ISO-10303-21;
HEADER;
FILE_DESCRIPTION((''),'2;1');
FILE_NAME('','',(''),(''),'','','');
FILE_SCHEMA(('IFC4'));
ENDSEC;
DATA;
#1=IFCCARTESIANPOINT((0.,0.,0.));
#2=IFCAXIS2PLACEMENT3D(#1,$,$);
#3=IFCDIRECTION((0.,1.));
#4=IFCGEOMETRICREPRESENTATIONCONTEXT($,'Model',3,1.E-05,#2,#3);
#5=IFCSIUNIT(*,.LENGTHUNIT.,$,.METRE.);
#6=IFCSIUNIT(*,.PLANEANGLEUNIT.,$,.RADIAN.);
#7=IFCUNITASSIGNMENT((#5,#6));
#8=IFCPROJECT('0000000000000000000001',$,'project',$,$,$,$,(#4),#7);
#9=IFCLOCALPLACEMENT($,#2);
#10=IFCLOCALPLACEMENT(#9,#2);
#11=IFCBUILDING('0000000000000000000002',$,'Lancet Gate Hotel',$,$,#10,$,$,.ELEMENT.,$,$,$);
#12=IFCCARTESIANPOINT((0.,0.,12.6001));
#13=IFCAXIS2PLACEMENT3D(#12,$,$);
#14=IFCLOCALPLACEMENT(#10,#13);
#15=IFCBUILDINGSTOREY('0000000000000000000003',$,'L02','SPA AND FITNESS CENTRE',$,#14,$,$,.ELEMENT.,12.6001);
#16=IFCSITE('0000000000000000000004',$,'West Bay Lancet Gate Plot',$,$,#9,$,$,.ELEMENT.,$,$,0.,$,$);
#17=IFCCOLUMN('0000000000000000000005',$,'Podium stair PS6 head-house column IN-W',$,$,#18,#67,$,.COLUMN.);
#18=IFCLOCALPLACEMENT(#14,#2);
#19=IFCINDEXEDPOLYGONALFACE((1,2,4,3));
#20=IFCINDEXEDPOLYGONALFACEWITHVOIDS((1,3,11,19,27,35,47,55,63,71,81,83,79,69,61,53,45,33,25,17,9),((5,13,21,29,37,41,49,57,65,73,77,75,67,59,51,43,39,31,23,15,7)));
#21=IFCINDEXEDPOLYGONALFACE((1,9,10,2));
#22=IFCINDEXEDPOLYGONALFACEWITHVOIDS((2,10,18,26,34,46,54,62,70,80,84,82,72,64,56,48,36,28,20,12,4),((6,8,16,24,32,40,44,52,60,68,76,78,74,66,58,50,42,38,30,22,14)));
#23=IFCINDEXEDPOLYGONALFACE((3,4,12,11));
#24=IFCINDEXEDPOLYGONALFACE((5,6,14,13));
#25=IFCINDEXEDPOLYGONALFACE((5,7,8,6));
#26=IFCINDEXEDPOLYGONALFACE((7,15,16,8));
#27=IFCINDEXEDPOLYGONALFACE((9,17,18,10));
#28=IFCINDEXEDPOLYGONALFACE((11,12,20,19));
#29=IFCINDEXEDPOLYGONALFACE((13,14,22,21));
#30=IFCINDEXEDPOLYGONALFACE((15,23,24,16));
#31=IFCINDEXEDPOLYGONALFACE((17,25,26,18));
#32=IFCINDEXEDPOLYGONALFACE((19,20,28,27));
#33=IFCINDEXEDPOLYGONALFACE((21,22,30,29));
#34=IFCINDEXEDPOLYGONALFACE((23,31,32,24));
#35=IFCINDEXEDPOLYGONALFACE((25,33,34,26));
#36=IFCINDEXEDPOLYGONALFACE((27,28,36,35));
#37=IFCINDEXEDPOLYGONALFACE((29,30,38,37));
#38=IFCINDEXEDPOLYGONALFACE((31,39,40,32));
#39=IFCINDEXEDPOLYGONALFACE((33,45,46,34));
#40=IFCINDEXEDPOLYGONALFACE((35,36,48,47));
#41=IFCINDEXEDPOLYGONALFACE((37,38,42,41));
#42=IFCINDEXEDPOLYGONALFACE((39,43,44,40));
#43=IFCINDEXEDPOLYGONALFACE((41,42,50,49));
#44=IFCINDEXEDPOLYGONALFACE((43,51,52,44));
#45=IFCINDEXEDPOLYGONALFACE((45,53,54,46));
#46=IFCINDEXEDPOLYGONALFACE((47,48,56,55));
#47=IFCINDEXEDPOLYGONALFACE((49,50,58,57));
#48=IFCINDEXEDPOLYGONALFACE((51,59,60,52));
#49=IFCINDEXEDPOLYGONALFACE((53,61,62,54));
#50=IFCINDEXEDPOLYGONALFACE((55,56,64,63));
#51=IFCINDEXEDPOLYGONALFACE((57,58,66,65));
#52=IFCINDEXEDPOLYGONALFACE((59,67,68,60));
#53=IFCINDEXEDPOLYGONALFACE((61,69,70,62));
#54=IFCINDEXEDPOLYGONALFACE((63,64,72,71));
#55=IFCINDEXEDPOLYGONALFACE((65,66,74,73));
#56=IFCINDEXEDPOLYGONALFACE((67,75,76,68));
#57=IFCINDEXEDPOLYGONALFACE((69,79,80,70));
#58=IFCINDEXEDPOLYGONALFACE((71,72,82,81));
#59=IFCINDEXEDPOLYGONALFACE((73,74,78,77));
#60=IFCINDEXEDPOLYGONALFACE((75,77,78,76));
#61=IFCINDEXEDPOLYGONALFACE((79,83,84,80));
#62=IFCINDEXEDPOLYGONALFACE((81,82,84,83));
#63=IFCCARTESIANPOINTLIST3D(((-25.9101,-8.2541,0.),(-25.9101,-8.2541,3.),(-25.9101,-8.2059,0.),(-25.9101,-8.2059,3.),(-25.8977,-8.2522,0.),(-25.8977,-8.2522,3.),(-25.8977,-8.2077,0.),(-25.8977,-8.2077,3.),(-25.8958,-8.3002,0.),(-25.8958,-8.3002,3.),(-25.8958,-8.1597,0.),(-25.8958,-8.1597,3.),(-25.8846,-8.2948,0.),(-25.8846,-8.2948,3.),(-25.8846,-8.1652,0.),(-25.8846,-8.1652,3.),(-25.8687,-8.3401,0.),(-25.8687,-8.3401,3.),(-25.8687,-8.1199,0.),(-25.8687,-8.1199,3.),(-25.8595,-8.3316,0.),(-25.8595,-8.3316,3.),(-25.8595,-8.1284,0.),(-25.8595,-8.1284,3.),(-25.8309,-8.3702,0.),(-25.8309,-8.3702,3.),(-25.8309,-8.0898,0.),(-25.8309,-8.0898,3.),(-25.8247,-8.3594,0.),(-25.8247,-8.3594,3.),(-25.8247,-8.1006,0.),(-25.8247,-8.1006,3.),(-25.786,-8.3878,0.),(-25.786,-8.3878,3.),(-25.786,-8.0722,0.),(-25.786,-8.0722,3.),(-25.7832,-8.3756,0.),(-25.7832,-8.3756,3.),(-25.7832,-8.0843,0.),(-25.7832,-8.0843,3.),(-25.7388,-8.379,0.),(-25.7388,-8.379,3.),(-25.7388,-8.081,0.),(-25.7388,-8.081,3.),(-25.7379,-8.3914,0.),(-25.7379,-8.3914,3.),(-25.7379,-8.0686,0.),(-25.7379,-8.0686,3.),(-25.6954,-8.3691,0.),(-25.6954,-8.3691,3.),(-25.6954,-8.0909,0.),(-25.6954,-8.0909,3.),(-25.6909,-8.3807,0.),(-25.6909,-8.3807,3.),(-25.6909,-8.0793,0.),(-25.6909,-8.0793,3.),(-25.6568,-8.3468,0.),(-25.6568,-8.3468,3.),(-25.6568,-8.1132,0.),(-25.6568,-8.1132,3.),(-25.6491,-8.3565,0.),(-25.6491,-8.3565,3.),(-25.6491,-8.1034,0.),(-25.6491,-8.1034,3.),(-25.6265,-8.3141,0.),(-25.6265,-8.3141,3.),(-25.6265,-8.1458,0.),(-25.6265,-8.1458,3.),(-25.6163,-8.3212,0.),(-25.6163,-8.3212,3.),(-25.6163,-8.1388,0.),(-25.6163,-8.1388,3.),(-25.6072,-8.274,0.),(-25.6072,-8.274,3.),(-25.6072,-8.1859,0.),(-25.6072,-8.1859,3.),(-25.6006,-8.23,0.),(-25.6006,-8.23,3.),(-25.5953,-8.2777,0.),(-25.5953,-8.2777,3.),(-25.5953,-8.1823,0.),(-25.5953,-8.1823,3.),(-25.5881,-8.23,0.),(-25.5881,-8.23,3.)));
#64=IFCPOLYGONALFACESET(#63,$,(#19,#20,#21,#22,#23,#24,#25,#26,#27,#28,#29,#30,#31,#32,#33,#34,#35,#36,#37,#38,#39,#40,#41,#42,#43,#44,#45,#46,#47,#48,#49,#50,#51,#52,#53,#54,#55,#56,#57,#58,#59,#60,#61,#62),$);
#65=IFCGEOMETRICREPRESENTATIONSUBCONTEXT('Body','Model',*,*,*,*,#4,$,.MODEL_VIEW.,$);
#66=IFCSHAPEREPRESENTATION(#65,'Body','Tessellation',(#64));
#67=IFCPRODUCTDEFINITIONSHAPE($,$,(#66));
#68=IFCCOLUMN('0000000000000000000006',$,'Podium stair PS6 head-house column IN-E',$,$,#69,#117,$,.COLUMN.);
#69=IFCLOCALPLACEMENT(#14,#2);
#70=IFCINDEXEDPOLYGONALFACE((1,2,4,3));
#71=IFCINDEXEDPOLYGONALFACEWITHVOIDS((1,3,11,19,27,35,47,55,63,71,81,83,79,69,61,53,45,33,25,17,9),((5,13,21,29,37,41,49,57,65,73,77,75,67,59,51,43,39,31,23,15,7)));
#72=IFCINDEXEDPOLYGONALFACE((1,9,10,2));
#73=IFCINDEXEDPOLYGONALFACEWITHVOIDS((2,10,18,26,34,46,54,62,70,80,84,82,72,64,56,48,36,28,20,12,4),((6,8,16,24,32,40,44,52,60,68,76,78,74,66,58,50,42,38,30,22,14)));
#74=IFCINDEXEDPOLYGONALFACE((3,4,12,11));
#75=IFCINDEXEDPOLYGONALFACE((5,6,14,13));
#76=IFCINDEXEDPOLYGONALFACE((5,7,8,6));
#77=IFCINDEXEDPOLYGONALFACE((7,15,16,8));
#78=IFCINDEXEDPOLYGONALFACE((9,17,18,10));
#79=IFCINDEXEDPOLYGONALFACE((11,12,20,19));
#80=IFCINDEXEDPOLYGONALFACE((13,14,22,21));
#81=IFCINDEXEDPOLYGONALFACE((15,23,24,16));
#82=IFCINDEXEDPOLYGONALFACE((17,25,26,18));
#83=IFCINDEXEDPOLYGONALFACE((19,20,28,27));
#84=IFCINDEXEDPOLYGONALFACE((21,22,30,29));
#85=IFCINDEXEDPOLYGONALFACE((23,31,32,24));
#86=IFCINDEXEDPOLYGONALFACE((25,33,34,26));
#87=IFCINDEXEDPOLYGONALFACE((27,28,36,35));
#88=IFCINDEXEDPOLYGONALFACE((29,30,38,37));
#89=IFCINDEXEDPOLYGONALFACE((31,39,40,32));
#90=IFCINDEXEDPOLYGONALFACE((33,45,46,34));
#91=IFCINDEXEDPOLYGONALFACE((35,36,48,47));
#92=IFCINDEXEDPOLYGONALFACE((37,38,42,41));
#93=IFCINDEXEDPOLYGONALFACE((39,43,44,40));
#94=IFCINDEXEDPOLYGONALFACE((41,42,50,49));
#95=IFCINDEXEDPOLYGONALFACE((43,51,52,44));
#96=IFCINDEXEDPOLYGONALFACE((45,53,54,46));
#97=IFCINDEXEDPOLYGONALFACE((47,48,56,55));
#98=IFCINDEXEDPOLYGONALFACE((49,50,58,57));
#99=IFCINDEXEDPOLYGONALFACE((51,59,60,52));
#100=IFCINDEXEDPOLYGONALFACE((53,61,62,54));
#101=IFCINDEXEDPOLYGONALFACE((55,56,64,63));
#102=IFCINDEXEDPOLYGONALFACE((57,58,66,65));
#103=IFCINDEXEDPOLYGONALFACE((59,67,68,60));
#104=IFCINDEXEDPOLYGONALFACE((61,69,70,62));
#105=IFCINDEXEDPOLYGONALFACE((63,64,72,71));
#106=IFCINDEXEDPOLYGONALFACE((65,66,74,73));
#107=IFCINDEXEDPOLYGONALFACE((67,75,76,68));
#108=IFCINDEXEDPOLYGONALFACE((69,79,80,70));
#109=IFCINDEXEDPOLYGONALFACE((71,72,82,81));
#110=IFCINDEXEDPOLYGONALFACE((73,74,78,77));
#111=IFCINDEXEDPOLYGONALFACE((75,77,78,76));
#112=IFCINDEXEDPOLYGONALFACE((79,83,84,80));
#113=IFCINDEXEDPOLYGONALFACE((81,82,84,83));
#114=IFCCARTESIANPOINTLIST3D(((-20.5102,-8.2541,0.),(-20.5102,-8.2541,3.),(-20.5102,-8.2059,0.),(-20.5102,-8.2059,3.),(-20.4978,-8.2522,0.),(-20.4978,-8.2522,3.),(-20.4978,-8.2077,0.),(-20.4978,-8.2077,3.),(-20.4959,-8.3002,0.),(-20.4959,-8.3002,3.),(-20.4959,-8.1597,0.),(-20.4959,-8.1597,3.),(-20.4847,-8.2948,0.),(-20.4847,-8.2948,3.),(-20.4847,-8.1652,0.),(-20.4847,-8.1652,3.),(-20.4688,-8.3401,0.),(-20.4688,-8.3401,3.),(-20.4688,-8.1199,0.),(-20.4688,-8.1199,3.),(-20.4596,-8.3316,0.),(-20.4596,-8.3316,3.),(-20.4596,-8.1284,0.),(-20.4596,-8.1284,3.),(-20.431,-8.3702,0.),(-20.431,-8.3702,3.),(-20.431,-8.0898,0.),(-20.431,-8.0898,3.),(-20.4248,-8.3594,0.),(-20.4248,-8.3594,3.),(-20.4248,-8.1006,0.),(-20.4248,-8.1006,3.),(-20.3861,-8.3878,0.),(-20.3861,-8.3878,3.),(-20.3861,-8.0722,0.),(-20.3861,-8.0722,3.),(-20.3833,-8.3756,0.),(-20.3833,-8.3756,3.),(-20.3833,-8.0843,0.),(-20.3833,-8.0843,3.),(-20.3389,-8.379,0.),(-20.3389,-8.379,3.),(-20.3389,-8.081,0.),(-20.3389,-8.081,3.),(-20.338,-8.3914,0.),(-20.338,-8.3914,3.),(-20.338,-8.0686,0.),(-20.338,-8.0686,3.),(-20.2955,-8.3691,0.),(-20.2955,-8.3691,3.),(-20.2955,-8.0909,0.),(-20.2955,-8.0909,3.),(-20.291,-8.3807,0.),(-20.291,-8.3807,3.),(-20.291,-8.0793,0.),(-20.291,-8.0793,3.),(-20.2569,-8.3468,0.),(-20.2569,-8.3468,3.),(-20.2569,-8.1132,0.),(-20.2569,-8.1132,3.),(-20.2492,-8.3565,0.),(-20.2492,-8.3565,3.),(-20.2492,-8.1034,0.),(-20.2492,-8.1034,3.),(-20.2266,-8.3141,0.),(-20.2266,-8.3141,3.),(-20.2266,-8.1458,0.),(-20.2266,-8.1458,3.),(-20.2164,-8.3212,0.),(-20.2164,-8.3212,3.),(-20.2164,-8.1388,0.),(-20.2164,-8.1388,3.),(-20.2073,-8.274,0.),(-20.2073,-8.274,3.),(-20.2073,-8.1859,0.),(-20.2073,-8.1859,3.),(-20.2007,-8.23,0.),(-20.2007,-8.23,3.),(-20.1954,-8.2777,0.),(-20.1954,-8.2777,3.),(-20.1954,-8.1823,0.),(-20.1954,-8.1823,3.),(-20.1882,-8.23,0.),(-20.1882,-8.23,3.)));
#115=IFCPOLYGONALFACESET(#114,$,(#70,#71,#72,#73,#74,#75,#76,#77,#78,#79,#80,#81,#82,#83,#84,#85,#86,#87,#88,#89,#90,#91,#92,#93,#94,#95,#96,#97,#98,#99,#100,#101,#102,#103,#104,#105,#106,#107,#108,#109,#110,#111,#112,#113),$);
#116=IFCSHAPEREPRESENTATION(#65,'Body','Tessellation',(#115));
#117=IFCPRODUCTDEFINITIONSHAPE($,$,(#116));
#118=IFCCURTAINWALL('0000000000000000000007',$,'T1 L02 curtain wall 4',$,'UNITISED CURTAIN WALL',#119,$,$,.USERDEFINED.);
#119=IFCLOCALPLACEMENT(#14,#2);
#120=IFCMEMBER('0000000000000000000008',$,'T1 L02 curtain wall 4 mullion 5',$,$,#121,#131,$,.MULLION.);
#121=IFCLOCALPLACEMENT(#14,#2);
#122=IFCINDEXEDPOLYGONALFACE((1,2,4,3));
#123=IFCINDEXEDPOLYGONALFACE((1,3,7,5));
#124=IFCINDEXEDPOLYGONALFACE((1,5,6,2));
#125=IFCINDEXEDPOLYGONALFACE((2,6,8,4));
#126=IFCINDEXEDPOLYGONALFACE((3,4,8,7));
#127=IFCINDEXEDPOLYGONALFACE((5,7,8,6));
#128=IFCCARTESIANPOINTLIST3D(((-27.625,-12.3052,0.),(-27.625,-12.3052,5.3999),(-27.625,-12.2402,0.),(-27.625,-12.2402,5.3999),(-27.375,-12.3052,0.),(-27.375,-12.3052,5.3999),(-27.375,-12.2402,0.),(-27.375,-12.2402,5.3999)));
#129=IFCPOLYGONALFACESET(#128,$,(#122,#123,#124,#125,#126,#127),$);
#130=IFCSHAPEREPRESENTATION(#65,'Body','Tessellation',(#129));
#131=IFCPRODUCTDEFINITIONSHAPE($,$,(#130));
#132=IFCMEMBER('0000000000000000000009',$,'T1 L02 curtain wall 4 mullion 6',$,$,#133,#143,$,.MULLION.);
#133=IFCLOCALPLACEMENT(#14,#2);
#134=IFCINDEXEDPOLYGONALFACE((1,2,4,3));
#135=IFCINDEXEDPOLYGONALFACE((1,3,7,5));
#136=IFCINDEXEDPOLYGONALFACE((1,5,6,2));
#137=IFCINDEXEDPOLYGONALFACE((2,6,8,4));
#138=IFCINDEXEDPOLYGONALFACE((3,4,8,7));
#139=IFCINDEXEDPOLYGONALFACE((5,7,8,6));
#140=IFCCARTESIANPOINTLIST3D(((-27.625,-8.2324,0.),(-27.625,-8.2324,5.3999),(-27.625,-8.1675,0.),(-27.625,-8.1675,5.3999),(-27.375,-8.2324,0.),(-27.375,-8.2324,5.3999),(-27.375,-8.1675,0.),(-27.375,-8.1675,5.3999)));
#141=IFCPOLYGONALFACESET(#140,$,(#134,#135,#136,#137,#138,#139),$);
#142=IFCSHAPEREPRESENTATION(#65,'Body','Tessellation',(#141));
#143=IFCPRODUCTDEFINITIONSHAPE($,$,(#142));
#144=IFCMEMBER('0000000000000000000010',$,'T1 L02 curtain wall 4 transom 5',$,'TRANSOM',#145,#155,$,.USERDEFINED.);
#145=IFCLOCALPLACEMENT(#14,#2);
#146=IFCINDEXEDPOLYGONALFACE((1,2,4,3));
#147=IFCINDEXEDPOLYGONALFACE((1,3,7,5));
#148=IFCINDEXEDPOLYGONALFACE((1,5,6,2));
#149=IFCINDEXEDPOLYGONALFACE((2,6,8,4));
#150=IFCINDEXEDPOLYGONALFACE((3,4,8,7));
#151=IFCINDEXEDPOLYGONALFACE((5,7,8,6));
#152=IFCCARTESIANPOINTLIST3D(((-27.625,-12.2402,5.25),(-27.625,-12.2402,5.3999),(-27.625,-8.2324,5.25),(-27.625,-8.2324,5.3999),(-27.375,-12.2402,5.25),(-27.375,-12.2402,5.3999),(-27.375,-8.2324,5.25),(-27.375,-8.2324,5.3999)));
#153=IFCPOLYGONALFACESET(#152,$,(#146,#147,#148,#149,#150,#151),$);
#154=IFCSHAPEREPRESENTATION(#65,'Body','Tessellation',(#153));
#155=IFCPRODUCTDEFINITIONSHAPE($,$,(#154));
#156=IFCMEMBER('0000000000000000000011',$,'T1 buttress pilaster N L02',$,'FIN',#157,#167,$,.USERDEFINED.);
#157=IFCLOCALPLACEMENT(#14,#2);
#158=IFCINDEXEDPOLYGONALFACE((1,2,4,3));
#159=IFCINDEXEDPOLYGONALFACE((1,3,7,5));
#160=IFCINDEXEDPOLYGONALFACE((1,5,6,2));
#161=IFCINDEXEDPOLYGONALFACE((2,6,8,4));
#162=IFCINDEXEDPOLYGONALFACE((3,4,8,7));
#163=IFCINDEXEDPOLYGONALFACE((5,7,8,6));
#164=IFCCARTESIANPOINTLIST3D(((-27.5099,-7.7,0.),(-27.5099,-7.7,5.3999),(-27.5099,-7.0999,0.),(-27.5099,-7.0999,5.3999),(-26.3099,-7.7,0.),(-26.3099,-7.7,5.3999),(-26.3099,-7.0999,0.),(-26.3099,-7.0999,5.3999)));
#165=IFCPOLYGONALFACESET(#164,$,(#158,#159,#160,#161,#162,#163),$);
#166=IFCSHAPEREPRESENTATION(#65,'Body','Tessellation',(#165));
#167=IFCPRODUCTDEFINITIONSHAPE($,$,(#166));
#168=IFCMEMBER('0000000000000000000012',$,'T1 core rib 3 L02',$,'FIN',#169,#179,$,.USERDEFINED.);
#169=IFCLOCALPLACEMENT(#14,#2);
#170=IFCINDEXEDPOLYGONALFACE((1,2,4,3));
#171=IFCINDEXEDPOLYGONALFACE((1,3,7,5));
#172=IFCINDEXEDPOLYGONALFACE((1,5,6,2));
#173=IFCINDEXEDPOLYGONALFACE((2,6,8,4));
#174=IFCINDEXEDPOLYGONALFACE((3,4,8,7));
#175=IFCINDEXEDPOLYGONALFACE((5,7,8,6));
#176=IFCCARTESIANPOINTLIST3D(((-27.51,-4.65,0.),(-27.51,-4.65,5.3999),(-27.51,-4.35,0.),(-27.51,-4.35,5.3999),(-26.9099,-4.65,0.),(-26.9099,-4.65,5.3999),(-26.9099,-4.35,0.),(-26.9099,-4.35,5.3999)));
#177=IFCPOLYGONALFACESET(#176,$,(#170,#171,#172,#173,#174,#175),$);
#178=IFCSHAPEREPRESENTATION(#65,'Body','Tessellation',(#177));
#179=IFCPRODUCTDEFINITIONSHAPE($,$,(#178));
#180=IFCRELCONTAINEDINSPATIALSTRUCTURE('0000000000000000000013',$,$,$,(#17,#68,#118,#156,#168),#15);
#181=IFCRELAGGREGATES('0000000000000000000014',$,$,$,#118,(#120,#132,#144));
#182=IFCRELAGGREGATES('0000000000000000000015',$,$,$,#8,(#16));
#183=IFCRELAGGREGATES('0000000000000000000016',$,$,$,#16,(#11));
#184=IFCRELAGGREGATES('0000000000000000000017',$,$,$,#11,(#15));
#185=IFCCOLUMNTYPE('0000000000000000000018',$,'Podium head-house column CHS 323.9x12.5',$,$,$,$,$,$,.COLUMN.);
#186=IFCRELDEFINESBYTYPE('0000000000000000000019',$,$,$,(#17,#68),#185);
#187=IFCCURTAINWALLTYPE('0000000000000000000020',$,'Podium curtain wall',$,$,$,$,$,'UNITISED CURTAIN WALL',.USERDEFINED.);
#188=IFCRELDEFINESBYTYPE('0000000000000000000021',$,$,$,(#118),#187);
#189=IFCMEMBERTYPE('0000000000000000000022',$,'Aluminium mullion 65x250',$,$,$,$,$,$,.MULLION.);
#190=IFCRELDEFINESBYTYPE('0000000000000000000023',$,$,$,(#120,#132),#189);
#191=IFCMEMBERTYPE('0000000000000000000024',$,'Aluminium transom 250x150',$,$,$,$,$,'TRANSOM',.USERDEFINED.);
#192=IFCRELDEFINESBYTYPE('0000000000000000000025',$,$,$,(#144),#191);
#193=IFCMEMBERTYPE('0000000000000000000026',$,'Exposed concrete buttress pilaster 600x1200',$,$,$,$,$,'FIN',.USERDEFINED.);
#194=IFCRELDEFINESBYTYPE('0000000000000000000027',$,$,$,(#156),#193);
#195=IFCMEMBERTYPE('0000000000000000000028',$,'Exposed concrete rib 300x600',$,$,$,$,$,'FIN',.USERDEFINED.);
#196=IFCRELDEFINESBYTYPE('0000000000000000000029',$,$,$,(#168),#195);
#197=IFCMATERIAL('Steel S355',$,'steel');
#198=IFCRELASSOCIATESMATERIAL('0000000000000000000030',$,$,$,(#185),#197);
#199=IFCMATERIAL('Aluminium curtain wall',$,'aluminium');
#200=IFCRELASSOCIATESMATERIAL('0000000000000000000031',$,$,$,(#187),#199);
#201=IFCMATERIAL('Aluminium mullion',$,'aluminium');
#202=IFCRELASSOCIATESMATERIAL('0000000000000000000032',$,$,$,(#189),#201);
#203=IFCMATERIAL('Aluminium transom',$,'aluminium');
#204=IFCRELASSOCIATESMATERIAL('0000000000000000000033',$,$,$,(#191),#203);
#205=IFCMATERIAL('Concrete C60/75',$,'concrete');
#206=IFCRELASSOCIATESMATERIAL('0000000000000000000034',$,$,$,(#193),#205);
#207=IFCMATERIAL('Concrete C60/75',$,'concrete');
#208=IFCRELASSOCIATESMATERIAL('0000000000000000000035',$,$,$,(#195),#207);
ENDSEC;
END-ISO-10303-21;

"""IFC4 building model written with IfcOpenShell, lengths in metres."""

from ifc_helpers import new_model, si_unit, direction, frame, origin, origin_2d, place, context, subcontext, project, spatial, rectangle, hollow_circle, extrude, material, material_profile, profile_set, type_object, element, aggregate, save


model = new_model("IFC4")

# Units and contexts
model_context = context("Model", 3, precision=1e-05, world=origin(), true_north=direction((0.0, 1.0)))
body_context = subcontext(model_context, "Body", "Model", "MODEL_VIEW")
ifc_project = project(units=[si_unit("LENGTHUNIT", "METRE"), si_unit("PLANEANGLEUNIT", "RADIAN")], contexts=[model_context])

# Site, building, storey
site_placement = place(None, origin())
site = spatial("IfcSite", under=ifc_project, at=site_placement, Name="West Bay Lancet Gate Plot", CompositionType="ELEMENT", RefElevation=0.0)
building_placement = place(site_placement, origin())
building = spatial("IfcBuilding", under=site, at=building_placement, Name="Lancet Gate Hotel", CompositionType="ELEMENT")
storey_placement = place(building_placement, frame((0.0, 0.0, 12.6001)))
storey = spatial("IfcBuildingStorey", under=building, at=storey_placement, Name="L02", Description="SPA AND FITNESS CENTRE", CompositionType="ELEMENT", Elevation=12.6001)

# Columns
ifc_material_1 = material(Name="Steel S355", Category="steel")
ifc_material_profile_1 = material_profile(ifc_material_1, hollow_circle(Radius=0.1619, WallThickness=0.0125, at=origin_2d()), Name="CHS 323.9x12.5")
ifc_profile_set_1 = profile_set([ifc_material_profile_1], Name="Steel S355")
column_type = type_object("IfcColumnType", Name="Podium head-house column CHS 323.9x12.5", PredefinedType="COLUMN", material=ifc_profile_set_1)
for number, where, z_axis, x_axis, name in (
    (1, (-25.75, -8.23, 0.0), (0.0, 0.0, 1.0), (1.0, 0.0, 0.0), "Podium stair PS6 head-house column IN-W"),
    (2, (-20.3501, -8.23, 0.0), (0.0, 0.0, 1.0), (1.0, 0.0, 0.0), "Podium stair PS6 head-house column IN-E"),
):
    element("IfcColumn", number, at=place(storey_placement, frame(where, z_axis=z_axis, x_axis=x_axis)), inside=storey, type_object=column_type, Name=name, PredefinedType="COLUMN", context=body_context, shape_type="SweptSolid", body=[
        extrude(hollow_circle(Radius=0.1619, WallThickness=0.0125, at=origin_2d()), origin(), (0.0, 0.0, 1.0), 3.0),
    ])

# Curtain wall, members
ifc_material_2 = material(Name="Aluminium curtain wall", Category="aluminium")
curtain_wall_type = type_object("IfcCurtainWallType", Name="Podium curtain wall", ElementType="UNITISED CURTAIN WALL", PredefinedType="USERDEFINED", material=ifc_material_2)
curtain_wall_placement = place(storey_placement, origin())
curtain_wall = element("IfcCurtainWall", 3, at=curtain_wall_placement, inside=storey, type_object=curtain_wall_type, Name="T1 L02 curtain wall 4", ObjectType="UNITISED CURTAIN WALL", PredefinedType="USERDEFINED")
ifc_material_3 = material(Name="Aluminium mullion", Category="aluminium")
ifc_material_profile_2 = material_profile(ifc_material_3, rectangle(XDim=0.0649, YDim=0.25, at=origin_2d()), Name="MULLION 65x250")
ifc_profile_set_2 = profile_set([ifc_material_profile_2], Name="Aluminium mullion")
member_type_1 = type_object("IfcMemberType", Name="Aluminium mullion 65x250", PredefinedType="MULLION", material=ifc_profile_set_2)
member_1_placement = place(storey_placement, frame((-27.5, -12.2727, 0.0), z_axis=(0.0, 0.0, 1.0), x_axis=(0.0, 1.0, 0.0)))
member_1 = element("IfcMember", 4, at=member_1_placement, type_object=member_type_1, Name="T1 L02 curtain wall 4 mullion 5", PredefinedType="MULLION", context=body_context, shape_type="SweptSolid", body=[
    extrude(rectangle(XDim=0.0649, YDim=0.25, at=origin_2d()), origin(), (0.0, 0.0, 1.0), 5.3999),
])
member_2_placement = place(storey_placement, frame((-27.5, -8.2, 0.0), z_axis=(0.0, 0.0, 1.0), x_axis=(0.0, 1.0, 0.0)))
member_2 = element("IfcMember", 5, at=member_2_placement, type_object=member_type_1, Name="T1 L02 curtain wall 4 mullion 6", PredefinedType="MULLION", context=body_context, shape_type="SweptSolid", body=[
    extrude(rectangle(XDim=0.0649, YDim=0.25, at=origin_2d()), origin(), (0.0, 0.0, 1.0), 5.3999),
])
ifc_material_4 = material(Name="Aluminium transom", Category="aluminium")
ifc_material_profile_3 = material_profile(ifc_material_4, rectangle(XDim=0.25, YDim=0.1499, at=origin_2d()), Name="TRANSOM 250x150")
ifc_profile_set_3 = profile_set([ifc_material_profile_3], Name="Aluminium transom")
member_type_2 = type_object("IfcMemberType", Name="Aluminium transom 250x150", ElementType="TRANSOM", PredefinedType="USERDEFINED", material=ifc_profile_set_3)
member_3_placement = place(storey_placement, frame((-27.5, -12.2402, 5.325), z_axis=(0.0, 1.0, 0.0), x_axis=(-1.0, 0.0, 0.0)))
member_3 = element("IfcMember", 6, at=member_3_placement, type_object=member_type_2, Name="T1 L02 curtain wall 4 transom 5", ObjectType="TRANSOM", PredefinedType="USERDEFINED", context=body_context, shape_type="SweptSolid", body=[
    extrude(rectangle(XDim=0.25, YDim=0.1499, at=origin_2d()), origin(), (0.0, 0.0, 1.0), 4.0078),
])

# Members
ifc_material_5 = material(Name="Concrete C60/75", Category="concrete")
ifc_material_profile_4 = material_profile(ifc_material_5, rectangle(XDim=0.6001, YDim=1.2, at=origin_2d()), Name="FIN 600x1200")
ifc_profile_set_4 = profile_set([ifc_material_profile_4], Name="Concrete C60/75")
member_type_3 = type_object("IfcMemberType", Name="Exposed concrete buttress pilaster 600x1200", ElementType="FIN", PredefinedType="USERDEFINED", material=ifc_profile_set_4)
member_4_placement = place(storey_placement, frame((-26.9099, -7.3999, 0.0), z_axis=(0.0, 0.0, 1.0), x_axis=(0.0, 1.0, 0.0)))
element("IfcMember", 7, at=member_4_placement, inside=storey, type_object=member_type_3, Name="T1 buttress pilaster N L02", ObjectType="FIN", PredefinedType="USERDEFINED", context=body_context, shape_type="SweptSolid", body=[
    extrude(rectangle(XDim=0.6001, YDim=1.2, at=origin_2d()), origin(), (0.0, 0.0, 1.0), 5.3999),
])
ifc_material_6 = material(Name="Concrete C60/75", Category="concrete")
ifc_material_profile_5 = material_profile(ifc_material_6, rectangle(XDim=0.3, YDim=0.6001, at=origin_2d()), Name="FIN 300x600")
ifc_profile_set_5 = profile_set([ifc_material_profile_5], Name="Concrete C60/75")
member_type_4 = type_object("IfcMemberType", Name="Exposed concrete rib 300x600", ElementType="FIN", PredefinedType="USERDEFINED", material=ifc_profile_set_5)
member_5_placement = place(storey_placement, frame((-27.21, -4.5, 0.0), z_axis=(0.0, 0.0, 1.0), x_axis=(0.0, 1.0, 0.0)))
element("IfcMember", 8, at=member_5_placement, inside=storey, type_object=member_type_4, Name="T1 core rib 3 L02", ObjectType="FIN", PredefinedType="USERDEFINED", context=body_context, shape_type="SweptSolid", body=[
    extrude(rectangle(XDim=0.3, YDim=0.6001, at=origin_2d()), origin(), (0.0, 0.0, 1.0), 5.3999),
])

aggregate(curtain_wall, [member_1, member_2, member_3])

save(model, "model.ifc")
